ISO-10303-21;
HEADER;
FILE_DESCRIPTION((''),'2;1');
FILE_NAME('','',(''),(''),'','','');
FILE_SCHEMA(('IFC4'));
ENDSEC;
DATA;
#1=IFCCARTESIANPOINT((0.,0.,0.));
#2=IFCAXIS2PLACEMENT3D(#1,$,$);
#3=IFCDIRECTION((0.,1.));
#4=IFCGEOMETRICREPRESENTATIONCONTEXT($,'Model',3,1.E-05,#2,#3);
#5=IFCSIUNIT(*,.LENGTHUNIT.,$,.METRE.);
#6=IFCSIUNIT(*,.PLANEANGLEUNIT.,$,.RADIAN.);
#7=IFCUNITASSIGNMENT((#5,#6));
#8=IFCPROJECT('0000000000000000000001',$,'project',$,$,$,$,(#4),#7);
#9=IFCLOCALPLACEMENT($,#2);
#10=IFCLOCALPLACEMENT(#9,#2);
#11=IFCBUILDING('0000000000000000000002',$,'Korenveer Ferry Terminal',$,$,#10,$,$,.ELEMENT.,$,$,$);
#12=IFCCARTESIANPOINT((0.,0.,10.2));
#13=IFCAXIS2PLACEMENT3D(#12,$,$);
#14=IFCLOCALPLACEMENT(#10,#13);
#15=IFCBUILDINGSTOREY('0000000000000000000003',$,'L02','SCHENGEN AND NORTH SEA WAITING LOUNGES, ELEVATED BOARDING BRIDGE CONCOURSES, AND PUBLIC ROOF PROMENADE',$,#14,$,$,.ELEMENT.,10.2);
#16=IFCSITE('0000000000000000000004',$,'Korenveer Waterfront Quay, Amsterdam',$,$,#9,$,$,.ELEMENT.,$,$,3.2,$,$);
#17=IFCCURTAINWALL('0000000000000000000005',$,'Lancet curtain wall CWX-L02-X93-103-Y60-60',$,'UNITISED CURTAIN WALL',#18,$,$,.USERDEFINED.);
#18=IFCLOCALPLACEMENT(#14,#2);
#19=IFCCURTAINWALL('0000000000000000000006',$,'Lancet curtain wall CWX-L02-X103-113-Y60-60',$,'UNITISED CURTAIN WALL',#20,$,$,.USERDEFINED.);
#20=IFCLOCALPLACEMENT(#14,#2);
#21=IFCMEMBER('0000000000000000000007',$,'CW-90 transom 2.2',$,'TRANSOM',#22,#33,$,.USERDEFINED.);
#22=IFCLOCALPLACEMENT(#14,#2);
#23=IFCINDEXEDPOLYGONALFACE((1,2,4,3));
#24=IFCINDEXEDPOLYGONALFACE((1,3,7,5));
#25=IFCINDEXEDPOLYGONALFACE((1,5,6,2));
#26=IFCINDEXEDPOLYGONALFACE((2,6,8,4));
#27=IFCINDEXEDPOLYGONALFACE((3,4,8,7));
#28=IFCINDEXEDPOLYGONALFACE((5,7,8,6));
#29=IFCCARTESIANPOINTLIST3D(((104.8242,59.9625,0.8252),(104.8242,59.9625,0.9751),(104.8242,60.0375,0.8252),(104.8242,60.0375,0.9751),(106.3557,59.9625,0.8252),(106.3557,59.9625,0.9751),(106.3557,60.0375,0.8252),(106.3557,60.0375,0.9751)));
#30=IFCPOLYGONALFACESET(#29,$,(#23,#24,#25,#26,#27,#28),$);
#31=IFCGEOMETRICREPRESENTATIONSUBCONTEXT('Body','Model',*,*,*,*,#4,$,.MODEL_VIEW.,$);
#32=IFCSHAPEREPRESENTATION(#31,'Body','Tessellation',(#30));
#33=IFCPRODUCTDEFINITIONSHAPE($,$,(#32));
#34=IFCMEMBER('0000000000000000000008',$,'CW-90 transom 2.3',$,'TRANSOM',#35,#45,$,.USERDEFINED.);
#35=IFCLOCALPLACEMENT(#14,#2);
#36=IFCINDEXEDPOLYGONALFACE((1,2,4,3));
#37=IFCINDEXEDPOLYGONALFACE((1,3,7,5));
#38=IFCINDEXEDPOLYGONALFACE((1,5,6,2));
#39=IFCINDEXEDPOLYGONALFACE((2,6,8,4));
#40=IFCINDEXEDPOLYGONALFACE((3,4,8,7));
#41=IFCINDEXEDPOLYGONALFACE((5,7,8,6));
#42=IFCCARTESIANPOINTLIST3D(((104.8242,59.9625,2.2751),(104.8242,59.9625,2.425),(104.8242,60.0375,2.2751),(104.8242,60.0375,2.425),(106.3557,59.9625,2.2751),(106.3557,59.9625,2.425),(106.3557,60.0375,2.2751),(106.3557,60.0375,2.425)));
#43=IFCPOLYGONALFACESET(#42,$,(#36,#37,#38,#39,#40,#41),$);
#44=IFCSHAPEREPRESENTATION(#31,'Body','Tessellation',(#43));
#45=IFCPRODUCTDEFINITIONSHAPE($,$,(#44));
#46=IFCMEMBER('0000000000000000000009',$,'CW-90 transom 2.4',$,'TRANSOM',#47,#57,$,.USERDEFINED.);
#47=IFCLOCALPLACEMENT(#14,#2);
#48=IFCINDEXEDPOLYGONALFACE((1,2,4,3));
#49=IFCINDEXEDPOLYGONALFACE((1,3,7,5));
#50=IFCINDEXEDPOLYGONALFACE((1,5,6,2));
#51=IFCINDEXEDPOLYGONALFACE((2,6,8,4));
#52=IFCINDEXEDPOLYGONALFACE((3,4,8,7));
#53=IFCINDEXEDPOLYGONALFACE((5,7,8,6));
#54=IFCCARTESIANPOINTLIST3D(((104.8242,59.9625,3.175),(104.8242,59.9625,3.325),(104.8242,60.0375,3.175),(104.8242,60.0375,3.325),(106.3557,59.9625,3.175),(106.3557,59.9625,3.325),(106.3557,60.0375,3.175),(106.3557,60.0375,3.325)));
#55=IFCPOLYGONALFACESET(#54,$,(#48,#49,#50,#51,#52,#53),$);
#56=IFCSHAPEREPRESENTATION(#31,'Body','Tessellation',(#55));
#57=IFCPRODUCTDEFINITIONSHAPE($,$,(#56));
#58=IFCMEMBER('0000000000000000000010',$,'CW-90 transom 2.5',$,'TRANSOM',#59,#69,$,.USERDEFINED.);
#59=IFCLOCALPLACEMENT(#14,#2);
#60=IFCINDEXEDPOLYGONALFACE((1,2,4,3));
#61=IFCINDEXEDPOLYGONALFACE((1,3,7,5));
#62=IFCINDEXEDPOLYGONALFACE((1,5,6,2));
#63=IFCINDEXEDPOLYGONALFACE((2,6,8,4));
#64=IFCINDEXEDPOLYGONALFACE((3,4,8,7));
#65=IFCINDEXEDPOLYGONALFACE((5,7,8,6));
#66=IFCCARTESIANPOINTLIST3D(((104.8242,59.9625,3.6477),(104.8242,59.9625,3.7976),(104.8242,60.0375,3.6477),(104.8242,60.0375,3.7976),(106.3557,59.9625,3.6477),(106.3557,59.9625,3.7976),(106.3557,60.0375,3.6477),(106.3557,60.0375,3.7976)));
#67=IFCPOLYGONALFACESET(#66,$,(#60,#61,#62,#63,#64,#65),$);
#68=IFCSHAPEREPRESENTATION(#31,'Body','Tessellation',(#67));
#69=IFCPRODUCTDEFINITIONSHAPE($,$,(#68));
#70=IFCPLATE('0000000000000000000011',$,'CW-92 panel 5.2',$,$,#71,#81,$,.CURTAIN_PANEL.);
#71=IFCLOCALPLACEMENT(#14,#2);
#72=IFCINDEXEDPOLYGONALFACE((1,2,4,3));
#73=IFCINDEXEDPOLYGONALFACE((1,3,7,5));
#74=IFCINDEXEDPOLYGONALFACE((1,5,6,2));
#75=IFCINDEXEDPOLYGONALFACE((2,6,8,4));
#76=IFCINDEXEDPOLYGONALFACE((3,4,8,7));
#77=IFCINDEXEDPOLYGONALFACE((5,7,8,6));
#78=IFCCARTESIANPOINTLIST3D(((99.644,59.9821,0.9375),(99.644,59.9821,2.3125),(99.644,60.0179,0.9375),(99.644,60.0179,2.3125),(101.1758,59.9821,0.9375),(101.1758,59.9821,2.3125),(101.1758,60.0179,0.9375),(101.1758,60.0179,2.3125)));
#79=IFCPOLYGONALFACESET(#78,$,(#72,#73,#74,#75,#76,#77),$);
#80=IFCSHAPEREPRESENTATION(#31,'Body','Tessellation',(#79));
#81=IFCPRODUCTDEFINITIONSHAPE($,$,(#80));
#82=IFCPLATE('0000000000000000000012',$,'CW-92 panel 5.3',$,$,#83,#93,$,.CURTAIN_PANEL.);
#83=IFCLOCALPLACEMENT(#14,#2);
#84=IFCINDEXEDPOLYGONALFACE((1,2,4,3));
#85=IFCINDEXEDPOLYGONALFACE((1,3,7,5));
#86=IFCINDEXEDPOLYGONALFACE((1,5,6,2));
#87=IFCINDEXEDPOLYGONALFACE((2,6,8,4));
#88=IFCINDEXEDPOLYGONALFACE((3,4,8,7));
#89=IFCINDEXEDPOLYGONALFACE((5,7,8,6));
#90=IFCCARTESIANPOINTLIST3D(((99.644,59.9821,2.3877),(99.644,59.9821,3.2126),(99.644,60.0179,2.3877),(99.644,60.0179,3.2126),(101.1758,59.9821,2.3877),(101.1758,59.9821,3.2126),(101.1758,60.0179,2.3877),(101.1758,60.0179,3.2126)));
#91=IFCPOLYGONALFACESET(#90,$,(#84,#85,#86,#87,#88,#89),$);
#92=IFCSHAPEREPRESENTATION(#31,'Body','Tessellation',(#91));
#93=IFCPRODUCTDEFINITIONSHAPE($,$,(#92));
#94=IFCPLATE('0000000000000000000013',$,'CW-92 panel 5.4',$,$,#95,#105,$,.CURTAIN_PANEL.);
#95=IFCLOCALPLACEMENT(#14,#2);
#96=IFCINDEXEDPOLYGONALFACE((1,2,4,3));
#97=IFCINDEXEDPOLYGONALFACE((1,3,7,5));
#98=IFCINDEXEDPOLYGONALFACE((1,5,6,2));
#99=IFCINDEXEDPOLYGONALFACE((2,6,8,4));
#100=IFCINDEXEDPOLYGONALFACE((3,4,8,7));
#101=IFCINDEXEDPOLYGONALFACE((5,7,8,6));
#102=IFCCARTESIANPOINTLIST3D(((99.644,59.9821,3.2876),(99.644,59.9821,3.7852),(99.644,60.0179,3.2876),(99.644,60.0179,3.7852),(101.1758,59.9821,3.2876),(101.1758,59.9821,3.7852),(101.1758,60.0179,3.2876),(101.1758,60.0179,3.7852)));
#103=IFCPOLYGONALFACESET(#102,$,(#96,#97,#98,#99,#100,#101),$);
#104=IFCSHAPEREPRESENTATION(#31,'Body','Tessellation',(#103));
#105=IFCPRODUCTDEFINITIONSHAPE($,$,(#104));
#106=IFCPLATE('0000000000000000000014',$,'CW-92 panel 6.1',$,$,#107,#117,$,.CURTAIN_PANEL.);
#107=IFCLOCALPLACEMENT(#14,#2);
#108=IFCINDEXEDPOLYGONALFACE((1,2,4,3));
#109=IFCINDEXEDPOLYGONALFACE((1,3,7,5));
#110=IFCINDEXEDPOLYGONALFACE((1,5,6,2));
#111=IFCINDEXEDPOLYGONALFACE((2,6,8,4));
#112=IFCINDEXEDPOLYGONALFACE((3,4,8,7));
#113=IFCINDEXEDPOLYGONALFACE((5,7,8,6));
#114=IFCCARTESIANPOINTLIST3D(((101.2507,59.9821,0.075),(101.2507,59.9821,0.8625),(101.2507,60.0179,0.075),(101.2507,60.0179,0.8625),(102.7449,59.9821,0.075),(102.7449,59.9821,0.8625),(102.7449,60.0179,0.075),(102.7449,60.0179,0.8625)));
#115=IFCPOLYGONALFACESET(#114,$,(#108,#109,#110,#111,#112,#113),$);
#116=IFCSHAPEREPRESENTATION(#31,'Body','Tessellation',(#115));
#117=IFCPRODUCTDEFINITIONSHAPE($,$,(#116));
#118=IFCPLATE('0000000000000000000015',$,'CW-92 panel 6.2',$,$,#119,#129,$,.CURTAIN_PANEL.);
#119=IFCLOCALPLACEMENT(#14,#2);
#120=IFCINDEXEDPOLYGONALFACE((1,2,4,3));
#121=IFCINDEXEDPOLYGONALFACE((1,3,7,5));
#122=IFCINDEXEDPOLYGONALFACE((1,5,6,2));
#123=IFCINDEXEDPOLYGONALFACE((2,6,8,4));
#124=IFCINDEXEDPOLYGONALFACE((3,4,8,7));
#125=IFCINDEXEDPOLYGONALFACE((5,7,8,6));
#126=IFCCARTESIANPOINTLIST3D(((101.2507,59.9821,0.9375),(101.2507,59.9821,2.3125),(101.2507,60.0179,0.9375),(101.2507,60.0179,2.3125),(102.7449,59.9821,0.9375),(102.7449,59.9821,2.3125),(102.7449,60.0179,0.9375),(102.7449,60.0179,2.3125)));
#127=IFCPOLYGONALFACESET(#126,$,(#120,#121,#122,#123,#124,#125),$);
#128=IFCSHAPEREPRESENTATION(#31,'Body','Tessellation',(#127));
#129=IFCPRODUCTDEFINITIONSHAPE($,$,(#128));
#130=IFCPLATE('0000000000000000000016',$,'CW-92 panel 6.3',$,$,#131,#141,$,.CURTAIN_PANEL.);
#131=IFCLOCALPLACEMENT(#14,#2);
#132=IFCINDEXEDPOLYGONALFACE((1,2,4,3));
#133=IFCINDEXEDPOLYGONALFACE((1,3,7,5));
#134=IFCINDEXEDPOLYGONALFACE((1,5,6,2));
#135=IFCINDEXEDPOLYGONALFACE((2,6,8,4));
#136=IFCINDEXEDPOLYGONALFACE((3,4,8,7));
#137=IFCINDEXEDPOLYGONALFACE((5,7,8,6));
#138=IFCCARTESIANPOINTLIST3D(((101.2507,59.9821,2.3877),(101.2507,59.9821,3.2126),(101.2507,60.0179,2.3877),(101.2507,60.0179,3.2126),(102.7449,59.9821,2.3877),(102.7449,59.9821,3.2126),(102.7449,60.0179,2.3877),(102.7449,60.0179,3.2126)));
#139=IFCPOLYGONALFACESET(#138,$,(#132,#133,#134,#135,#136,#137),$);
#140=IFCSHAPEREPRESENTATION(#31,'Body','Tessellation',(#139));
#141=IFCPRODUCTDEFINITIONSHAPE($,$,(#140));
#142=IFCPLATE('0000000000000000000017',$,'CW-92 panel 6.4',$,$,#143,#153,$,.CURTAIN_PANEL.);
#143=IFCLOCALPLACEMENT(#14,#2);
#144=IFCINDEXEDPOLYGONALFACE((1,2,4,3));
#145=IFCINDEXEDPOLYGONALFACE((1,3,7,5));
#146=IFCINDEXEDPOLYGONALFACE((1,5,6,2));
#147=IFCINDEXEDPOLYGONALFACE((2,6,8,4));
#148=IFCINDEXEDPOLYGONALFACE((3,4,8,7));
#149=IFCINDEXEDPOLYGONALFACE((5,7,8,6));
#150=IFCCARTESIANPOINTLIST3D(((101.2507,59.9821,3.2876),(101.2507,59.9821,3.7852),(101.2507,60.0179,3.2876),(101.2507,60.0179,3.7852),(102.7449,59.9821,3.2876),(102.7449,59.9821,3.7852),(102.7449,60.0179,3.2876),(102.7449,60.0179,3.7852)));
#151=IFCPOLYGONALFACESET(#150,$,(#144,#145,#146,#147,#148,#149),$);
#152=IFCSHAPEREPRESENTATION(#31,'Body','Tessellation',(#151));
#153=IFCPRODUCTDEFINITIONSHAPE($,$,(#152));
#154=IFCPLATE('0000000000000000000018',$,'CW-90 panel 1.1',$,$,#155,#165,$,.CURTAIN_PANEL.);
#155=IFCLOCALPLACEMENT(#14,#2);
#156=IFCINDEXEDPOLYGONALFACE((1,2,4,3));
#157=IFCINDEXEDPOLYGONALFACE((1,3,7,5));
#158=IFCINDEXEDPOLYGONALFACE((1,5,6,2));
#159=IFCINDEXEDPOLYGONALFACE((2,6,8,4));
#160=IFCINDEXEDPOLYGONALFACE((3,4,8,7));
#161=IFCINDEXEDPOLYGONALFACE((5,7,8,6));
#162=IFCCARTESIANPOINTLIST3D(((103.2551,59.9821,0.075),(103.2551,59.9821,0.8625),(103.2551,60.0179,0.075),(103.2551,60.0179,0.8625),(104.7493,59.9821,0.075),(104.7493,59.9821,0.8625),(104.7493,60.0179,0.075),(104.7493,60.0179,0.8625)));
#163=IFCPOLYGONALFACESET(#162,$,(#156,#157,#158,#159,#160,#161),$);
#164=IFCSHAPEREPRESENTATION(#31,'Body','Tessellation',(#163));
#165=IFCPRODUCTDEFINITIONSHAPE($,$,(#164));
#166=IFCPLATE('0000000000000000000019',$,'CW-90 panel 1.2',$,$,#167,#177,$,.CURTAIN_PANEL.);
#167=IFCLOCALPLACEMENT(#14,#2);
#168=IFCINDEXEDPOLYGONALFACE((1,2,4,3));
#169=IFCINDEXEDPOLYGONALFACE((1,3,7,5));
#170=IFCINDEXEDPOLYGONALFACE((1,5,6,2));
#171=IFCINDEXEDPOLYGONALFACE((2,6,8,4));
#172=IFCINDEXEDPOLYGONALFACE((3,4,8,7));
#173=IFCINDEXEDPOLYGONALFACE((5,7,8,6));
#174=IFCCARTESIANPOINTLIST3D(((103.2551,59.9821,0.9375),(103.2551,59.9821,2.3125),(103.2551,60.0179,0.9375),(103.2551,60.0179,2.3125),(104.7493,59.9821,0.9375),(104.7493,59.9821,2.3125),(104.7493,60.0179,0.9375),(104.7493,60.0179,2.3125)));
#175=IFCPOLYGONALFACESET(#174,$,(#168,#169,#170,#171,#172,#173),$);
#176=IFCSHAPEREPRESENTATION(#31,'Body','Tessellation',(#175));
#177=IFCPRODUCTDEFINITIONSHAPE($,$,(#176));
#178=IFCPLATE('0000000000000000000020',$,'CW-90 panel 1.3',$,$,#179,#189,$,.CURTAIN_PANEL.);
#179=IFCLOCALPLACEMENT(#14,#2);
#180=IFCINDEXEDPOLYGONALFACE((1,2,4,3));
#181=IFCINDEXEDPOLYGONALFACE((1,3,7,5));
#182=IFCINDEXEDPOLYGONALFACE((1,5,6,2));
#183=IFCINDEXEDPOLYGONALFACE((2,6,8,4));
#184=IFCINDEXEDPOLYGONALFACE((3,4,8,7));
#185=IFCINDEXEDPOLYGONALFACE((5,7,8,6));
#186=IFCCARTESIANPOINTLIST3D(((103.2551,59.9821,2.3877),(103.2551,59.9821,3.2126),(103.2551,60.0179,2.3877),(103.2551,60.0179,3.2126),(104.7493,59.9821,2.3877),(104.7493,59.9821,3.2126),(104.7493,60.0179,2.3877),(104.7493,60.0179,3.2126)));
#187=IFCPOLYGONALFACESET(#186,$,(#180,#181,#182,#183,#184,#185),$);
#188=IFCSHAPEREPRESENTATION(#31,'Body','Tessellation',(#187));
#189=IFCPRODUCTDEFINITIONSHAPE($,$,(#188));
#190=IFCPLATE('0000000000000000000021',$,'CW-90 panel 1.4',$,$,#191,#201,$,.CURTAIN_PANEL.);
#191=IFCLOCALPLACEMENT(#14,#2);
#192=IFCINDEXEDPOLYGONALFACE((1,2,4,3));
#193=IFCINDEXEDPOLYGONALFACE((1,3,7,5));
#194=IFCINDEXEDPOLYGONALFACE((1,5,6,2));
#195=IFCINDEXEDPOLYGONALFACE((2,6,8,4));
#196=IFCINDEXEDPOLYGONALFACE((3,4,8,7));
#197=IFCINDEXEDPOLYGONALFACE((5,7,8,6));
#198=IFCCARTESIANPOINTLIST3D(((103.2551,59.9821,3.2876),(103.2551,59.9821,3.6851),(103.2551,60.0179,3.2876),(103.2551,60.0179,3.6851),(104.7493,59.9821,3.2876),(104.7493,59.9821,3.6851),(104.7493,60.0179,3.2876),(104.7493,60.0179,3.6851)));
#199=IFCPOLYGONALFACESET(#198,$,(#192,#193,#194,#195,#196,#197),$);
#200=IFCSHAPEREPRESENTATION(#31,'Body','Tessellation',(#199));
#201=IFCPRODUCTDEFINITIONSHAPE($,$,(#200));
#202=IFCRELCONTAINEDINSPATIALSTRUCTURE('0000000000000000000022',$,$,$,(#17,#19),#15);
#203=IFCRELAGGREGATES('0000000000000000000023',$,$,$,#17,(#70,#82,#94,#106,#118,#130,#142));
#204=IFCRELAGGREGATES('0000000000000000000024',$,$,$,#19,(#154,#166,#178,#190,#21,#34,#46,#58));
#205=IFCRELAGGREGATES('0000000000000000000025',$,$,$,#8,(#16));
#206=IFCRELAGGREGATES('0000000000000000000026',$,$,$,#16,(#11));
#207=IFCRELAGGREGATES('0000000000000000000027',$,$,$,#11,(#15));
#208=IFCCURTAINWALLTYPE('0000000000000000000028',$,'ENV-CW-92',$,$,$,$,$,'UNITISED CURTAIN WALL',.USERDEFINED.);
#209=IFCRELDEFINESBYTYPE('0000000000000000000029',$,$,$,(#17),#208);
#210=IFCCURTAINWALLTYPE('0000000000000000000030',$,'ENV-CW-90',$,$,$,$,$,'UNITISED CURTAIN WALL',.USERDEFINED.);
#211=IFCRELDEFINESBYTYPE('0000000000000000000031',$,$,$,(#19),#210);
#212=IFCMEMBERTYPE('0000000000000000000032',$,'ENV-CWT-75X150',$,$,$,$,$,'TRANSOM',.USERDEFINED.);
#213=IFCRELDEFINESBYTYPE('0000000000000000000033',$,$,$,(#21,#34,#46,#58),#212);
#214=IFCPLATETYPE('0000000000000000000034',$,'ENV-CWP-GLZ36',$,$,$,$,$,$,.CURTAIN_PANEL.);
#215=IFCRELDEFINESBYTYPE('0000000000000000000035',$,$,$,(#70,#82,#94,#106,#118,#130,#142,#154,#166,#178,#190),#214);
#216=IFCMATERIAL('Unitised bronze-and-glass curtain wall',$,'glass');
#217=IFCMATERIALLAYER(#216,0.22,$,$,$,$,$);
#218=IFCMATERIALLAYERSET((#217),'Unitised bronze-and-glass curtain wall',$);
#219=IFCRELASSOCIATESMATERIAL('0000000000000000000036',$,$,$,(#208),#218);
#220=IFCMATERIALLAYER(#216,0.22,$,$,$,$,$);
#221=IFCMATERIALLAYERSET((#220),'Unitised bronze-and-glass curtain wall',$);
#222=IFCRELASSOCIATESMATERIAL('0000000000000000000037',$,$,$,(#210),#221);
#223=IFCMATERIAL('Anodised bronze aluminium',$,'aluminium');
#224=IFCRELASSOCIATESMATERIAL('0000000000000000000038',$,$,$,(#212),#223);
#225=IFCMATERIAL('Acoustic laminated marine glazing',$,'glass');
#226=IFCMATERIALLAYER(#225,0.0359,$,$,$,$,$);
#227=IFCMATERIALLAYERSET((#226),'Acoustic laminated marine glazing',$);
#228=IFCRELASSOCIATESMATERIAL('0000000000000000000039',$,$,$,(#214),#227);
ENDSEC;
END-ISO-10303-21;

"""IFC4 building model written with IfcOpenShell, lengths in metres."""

from ifc_helpers import new_model, si_unit, direction, frame, origin, origin_2d, place, context, subcontext, project, spatial, rectangle, extrude, material, layer, layer_set, material_profile, profile_set, type_object, element, aggregate, save


model = new_model("IFC4")

# Units and contexts
model_context = context("Model", 3, precision=1e-05, world=origin(), true_north=direction((0.0, 1.0)))
body_context = subcontext(model_context, "Body", "Model", "MODEL_VIEW")
ifc_project = project(units=[si_unit("LENGTHUNIT", "METRE"), si_unit("PLANEANGLEUNIT", "RADIAN")], contexts=[model_context])

# Site, building, storey
site_placement = place(None, origin())
site = spatial("IfcSite", under=ifc_project, at=site_placement, Name="Korenveer Waterfront Quay, Amsterdam", CompositionType="ELEMENT", RefElevation=3.2)
building_placement = place(site_placement, origin())
building = spatial("IfcBuilding", under=site, at=building_placement, Name="Korenveer Ferry Terminal", CompositionType="ELEMENT")
storey_placement = place(building_placement, frame((0.0, 0.0, 10.2)))
storey = spatial("IfcBuildingStorey", under=building, at=storey_placement, Name="L02", Description="SCHENGEN AND NORTH SEA WAITING LOUNGES, ELEVATED BOARDING BRIDGE CONCOURSES, AND PUBLIC ROOF PROMENADE", CompositionType="ELEMENT", Elevation=10.2)

# Curtain walls
ifc_material_1 = material(Name="Unitised bronze-and-glass curtain wall", Category="glass")
ifc_layer_1 = layer(ifc_material_1, 0.22)
ifc_layer_set_1 = layer_set([ifc_layer_1], Name="Unitised bronze-and-glass curtain wall")
curtain_wall_type_1 = type_object("IfcCurtainWallType", Name="ENV-CW-92", ElementType="UNITISED CURTAIN WALL", PredefinedType="USERDEFINED", material=ifc_layer_set_1)
curtain_wall_1_placement = place(storey_placement, frame((93.1799, 60.0, 0.0)))
curtain_wall_1 = element("IfcCurtainWall", 1, at=curtain_wall_1_placement, inside=storey, type_object=curtain_wall_type_1, Name="Lancet curtain wall CWX-L02-X93-103-Y60-60", ObjectType="UNITISED CURTAIN WALL", PredefinedType="USERDEFINED")
ifc_material_2 = material(Name="Anodised bronze aluminium", Category="aluminium")
ifc_layer_2 = layer(ifc_material_1, 0.22)
ifc_layer_set_2 = layer_set([ifc_layer_2], Name="Unitised bronze-and-glass curtain wall")
curtain_wall_type_2 = type_object("IfcCurtainWallType", Name="ENV-CW-90", ElementType="UNITISED CURTAIN WALL", PredefinedType="USERDEFINED", material=ifc_layer_set_2)
curtain_wall_2_placement = place(storey_placement, frame((103.1799, 60.0, 0.0)))
curtain_wall_2 = element("IfcCurtainWall", 2, at=curtain_wall_2_placement, inside=storey, type_object=curtain_wall_type_2, Name="Lancet curtain wall CWX-L02-X103-113-Y60-60", ObjectType="UNITISED CURTAIN WALL", PredefinedType="USERDEFINED")

# Members
ifc_material_profile_1 = material_profile(ifc_material_2, rectangle(XDim=0.075, YDim=0.1499, at=origin_2d()), Name="ALU 75x150")
ifc_profile_set_1 = profile_set([ifc_material_profile_1], Name="Anodised bronze aluminium")
member_type_1 = type_object("IfcMemberType", Name="ENV-CWT-75X150", ElementType="TRANSOM", PredefinedType="USERDEFINED", material=ifc_profile_set_1)
member_1_placement = place(storey_placement, frame((104.8242, 60.0, 0.9001), z_axis=(1.0, 0.0, 0.0), x_axis=(0.0, 1.0, 0.0)))
member_1 = element("IfcMember", 3, at=member_1_placement, type_object=member_type_1, Name="CW-90 transom 2.2", ObjectType="TRANSOM", PredefinedType="USERDEFINED", context=body_context, shape_type="SweptSolid", body=[
    extrude(rectangle(XDim=0.075, YDim=0.1499, at=origin_2d()), origin(), (0.0, 0.0, 1.0), 1.5315),
])
member_2_placement = place(storey_placement, frame((104.8242, 60.0, 2.3501), z_axis=(1.0, 0.0, 0.0), x_axis=(0.0, 1.0, 0.0)))
member_2 = element("IfcMember", 4, at=member_2_placement, type_object=member_type_1, Name="CW-90 transom 2.3", ObjectType="TRANSOM", PredefinedType="USERDEFINED", context=body_context, shape_type="SweptSolid", body=[
    extrude(rectangle(XDim=0.075, YDim=0.1499, at=origin_2d()), origin(), (0.0, 0.0, 1.0), 1.5315),
])
member_3_placement = place(storey_placement, frame((104.8242, 60.0, 3.25), z_axis=(1.0, 0.0, 0.0), x_axis=(0.0, 1.0, 0.0)))
member_3 = element("IfcMember", 5, at=member_3_placement, type_object=member_type_1, Name="CW-90 transom 2.4", ObjectType="TRANSOM", PredefinedType="USERDEFINED", context=body_context, shape_type="SweptSolid", body=[
    extrude(rectangle(XDim=0.075, YDim=0.1499, at=origin_2d()), origin(), (0.0, 0.0, 1.0), 1.5315),
])
member_4_placement = place(storey_placement, frame((104.8242, 60.0, 3.7227), z_axis=(1.0, 0.0, 0.0), x_axis=(0.0, 1.0, 0.0)))
member_4 = element("IfcMember", 6, at=member_4_placement, type_object=member_type_1, Name="CW-90 transom 2.5", ObjectType="TRANSOM", PredefinedType="USERDEFINED", context=body_context, shape_type="SweptSolid", body=[
    extrude(rectangle(XDim=0.075, YDim=0.1499, at=origin_2d()), origin(), (0.0, 0.0, 1.0), 1.5315),
])

# Plates
ifc_material_3 = material(Name="Acoustic laminated marine glazing", Category="glass")
ifc_layer_3 = layer(ifc_material_3, 0.0359)
ifc_layer_set_3 = layer_set([ifc_layer_3], Name="Acoustic laminated marine glazing")
plate_type = type_object("IfcPlateType", Name="ENV-CWP-GLZ36", PredefinedType="CURTAIN_PANEL", material=ifc_layer_set_3)
plate_1_placement = place(storey_placement, frame((100.4099, 60.0, 0.9375), z_axis=(0.0, 0.0, 1.0), x_axis=(1.0, 0.0, 0.0)))
plate_1 = element("IfcPlate", 7, at=plate_1_placement, type_object=plate_type, Name="CW-92 panel 5.2", PredefinedType="CURTAIN_PANEL", context=body_context, shape_type="SweptSolid", body=[
    extrude(rectangle(XDim=1.5317, YDim=0.0359, at=origin_2d()), origin(), (0.0, 0.0, 1.0), 1.375),
])
plate_2_placement = place(storey_placement, frame((100.4099, 60.0, 2.3877), z_axis=(0.0, 0.0, 1.0), x_axis=(1.0, 0.0, 0.0)))
plate_2 = element("IfcPlate", 8, at=plate_2_placement, type_object=plate_type, Name="CW-92 panel 5.3", PredefinedType="CURTAIN_PANEL", context=body_context, shape_type="SweptSolid", body=[
    extrude(rectangle(XDim=1.5317, YDim=0.0359, at=origin_2d()), origin(), (0.0, 0.0, 1.0), 0.825),
])
plate_3_placement = place(storey_placement, frame((100.4099, 60.0, 3.2876), z_axis=(0.0, 0.0, 1.0), x_axis=(1.0, 0.0, 0.0)))
plate_3 = element("IfcPlate", 9, at=plate_3_placement, type_object=plate_type, Name="CW-92 panel 5.4", PredefinedType="CURTAIN_PANEL", context=body_context, shape_type="SweptSolid", body=[
    extrude(rectangle(XDim=1.5317, YDim=0.0359, at=origin_2d()), origin(), (0.0, 0.0, 1.0), 0.4976),
])
plate_4_placement = place(storey_placement, frame((101.9978, 60.0, 0.075), z_axis=(0.0, 0.0, 1.0), x_axis=(1.0, 0.0, 0.0)))
plate_4 = element("IfcPlate", 10, at=plate_4_placement, type_object=plate_type, Name="CW-92 panel 6.1", PredefinedType="CURTAIN_PANEL", context=body_context, shape_type="SweptSolid", body=[
    extrude(rectangle(XDim=1.4941, YDim=0.0359, at=origin_2d()), origin(), (0.0, 0.0, 1.0), 0.7876),
])
plate_5_placement = place(storey_placement, frame((101.9978, 60.0, 0.9375), z_axis=(0.0, 0.0, 1.0), x_axis=(1.0, 0.0, 0.0)))
plate_5 = element("IfcPlate", 11, at=plate_5_placement, type_object=plate_type, Name="CW-92 panel 6.2", PredefinedType="CURTAIN_PANEL", context=body_context, shape_type="SweptSolid", body=[
    extrude(rectangle(XDim=1.4941, YDim=0.0359, at=origin_2d()), origin(), (0.0, 0.0, 1.0), 1.375),
])
plate_6_placement = place(storey_placement, frame((101.9978, 60.0, 2.3877), z_axis=(0.0, 0.0, 1.0), x_axis=(1.0, 0.0, 0.0)))
plate_6 = element("IfcPlate", 12, at=plate_6_placement, type_object=plate_type, Name="CW-92 panel 6.3", PredefinedType="CURTAIN_PANEL", context=body_context, shape_type="SweptSolid", body=[
    extrude(rectangle(XDim=1.4941, YDim=0.0359, at=origin_2d()), origin(), (0.0, 0.0, 1.0), 0.825),
])
plate_7_placement = place(storey_placement, frame((101.9978, 60.0, 3.2876), z_axis=(0.0, 0.0, 1.0), x_axis=(1.0, 0.0, 0.0)))
plate_7 = element("IfcPlate", 13, at=plate_7_placement, type_object=plate_type, Name="CW-92 panel 6.4", PredefinedType="CURTAIN_PANEL", context=body_context, shape_type="SweptSolid", body=[
    extrude(rectangle(XDim=1.4941, YDim=0.0359, at=origin_2d()), origin(), (0.0, 0.0, 1.0), 0.4976),
])
aggregate(curtain_wall_1, [plate_1, plate_2, plate_3, plate_4, plate_5, plate_6, plate_7])
plate_8_placement = place(storey_placement, frame((104.0022, 60.0, 0.075), z_axis=(0.0, 0.0, 1.0), x_axis=(1.0, 0.0, 0.0)))
plate_8 = element("IfcPlate", 14, at=plate_8_placement, type_object=plate_type, Name="CW-90 panel 1.1", PredefinedType="CURTAIN_PANEL", context=body_context, shape_type="SweptSolid", body=[
    extrude(rectangle(XDim=1.4941, YDim=0.0359, at=origin_2d()), origin(), (0.0, 0.0, 1.0), 0.7876),
])
plate_9_placement = place(storey_placement, frame((104.0022, 60.0, 0.9375), z_axis=(0.0, 0.0, 1.0), x_axis=(1.0, 0.0, 0.0)))
plate_9 = element("IfcPlate", 15, at=plate_9_placement, type_object=plate_type, Name="CW-90 panel 1.2", PredefinedType="CURTAIN_PANEL", context=body_context, shape_type="SweptSolid", body=[
    extrude(rectangle(XDim=1.4941, YDim=0.0359, at=origin_2d()), origin(), (0.0, 0.0, 1.0), 1.375),
])
plate_10_placement = place(storey_placement, frame((104.0022, 60.0, 2.3877), z_axis=(0.0, 0.0, 1.0), x_axis=(1.0, 0.0, 0.0)))
plate_10 = element("IfcPlate", 16, at=plate_10_placement, type_object=plate_type, Name="CW-90 panel 1.3", PredefinedType="CURTAIN_PANEL", context=body_context, shape_type="SweptSolid", body=[
    extrude(rectangle(XDim=1.4941, YDim=0.0359, at=origin_2d()), origin(), (0.0, 0.0, 1.0), 0.825),
])
plate_11_placement = place(storey_placement, frame((104.0022, 60.0, 3.2876), z_axis=(0.0, 0.0, 1.0), x_axis=(1.0, 0.0, 0.0)))
plate_11 = element("IfcPlate", 17, at=plate_11_placement, type_object=plate_type, Name="CW-90 panel 1.4", PredefinedType="CURTAIN_PANEL", context=body_context, shape_type="SweptSolid", body=[
    extrude(rectangle(XDim=1.4941, YDim=0.0359, at=origin_2d()), origin(), (0.0, 0.0, 1.0), 0.3975),
])
aggregate(curtain_wall_2, [plate_8, plate_9, plate_10, plate_11, member_1, member_2, member_3, member_4])

save(model, "model.ifc")
